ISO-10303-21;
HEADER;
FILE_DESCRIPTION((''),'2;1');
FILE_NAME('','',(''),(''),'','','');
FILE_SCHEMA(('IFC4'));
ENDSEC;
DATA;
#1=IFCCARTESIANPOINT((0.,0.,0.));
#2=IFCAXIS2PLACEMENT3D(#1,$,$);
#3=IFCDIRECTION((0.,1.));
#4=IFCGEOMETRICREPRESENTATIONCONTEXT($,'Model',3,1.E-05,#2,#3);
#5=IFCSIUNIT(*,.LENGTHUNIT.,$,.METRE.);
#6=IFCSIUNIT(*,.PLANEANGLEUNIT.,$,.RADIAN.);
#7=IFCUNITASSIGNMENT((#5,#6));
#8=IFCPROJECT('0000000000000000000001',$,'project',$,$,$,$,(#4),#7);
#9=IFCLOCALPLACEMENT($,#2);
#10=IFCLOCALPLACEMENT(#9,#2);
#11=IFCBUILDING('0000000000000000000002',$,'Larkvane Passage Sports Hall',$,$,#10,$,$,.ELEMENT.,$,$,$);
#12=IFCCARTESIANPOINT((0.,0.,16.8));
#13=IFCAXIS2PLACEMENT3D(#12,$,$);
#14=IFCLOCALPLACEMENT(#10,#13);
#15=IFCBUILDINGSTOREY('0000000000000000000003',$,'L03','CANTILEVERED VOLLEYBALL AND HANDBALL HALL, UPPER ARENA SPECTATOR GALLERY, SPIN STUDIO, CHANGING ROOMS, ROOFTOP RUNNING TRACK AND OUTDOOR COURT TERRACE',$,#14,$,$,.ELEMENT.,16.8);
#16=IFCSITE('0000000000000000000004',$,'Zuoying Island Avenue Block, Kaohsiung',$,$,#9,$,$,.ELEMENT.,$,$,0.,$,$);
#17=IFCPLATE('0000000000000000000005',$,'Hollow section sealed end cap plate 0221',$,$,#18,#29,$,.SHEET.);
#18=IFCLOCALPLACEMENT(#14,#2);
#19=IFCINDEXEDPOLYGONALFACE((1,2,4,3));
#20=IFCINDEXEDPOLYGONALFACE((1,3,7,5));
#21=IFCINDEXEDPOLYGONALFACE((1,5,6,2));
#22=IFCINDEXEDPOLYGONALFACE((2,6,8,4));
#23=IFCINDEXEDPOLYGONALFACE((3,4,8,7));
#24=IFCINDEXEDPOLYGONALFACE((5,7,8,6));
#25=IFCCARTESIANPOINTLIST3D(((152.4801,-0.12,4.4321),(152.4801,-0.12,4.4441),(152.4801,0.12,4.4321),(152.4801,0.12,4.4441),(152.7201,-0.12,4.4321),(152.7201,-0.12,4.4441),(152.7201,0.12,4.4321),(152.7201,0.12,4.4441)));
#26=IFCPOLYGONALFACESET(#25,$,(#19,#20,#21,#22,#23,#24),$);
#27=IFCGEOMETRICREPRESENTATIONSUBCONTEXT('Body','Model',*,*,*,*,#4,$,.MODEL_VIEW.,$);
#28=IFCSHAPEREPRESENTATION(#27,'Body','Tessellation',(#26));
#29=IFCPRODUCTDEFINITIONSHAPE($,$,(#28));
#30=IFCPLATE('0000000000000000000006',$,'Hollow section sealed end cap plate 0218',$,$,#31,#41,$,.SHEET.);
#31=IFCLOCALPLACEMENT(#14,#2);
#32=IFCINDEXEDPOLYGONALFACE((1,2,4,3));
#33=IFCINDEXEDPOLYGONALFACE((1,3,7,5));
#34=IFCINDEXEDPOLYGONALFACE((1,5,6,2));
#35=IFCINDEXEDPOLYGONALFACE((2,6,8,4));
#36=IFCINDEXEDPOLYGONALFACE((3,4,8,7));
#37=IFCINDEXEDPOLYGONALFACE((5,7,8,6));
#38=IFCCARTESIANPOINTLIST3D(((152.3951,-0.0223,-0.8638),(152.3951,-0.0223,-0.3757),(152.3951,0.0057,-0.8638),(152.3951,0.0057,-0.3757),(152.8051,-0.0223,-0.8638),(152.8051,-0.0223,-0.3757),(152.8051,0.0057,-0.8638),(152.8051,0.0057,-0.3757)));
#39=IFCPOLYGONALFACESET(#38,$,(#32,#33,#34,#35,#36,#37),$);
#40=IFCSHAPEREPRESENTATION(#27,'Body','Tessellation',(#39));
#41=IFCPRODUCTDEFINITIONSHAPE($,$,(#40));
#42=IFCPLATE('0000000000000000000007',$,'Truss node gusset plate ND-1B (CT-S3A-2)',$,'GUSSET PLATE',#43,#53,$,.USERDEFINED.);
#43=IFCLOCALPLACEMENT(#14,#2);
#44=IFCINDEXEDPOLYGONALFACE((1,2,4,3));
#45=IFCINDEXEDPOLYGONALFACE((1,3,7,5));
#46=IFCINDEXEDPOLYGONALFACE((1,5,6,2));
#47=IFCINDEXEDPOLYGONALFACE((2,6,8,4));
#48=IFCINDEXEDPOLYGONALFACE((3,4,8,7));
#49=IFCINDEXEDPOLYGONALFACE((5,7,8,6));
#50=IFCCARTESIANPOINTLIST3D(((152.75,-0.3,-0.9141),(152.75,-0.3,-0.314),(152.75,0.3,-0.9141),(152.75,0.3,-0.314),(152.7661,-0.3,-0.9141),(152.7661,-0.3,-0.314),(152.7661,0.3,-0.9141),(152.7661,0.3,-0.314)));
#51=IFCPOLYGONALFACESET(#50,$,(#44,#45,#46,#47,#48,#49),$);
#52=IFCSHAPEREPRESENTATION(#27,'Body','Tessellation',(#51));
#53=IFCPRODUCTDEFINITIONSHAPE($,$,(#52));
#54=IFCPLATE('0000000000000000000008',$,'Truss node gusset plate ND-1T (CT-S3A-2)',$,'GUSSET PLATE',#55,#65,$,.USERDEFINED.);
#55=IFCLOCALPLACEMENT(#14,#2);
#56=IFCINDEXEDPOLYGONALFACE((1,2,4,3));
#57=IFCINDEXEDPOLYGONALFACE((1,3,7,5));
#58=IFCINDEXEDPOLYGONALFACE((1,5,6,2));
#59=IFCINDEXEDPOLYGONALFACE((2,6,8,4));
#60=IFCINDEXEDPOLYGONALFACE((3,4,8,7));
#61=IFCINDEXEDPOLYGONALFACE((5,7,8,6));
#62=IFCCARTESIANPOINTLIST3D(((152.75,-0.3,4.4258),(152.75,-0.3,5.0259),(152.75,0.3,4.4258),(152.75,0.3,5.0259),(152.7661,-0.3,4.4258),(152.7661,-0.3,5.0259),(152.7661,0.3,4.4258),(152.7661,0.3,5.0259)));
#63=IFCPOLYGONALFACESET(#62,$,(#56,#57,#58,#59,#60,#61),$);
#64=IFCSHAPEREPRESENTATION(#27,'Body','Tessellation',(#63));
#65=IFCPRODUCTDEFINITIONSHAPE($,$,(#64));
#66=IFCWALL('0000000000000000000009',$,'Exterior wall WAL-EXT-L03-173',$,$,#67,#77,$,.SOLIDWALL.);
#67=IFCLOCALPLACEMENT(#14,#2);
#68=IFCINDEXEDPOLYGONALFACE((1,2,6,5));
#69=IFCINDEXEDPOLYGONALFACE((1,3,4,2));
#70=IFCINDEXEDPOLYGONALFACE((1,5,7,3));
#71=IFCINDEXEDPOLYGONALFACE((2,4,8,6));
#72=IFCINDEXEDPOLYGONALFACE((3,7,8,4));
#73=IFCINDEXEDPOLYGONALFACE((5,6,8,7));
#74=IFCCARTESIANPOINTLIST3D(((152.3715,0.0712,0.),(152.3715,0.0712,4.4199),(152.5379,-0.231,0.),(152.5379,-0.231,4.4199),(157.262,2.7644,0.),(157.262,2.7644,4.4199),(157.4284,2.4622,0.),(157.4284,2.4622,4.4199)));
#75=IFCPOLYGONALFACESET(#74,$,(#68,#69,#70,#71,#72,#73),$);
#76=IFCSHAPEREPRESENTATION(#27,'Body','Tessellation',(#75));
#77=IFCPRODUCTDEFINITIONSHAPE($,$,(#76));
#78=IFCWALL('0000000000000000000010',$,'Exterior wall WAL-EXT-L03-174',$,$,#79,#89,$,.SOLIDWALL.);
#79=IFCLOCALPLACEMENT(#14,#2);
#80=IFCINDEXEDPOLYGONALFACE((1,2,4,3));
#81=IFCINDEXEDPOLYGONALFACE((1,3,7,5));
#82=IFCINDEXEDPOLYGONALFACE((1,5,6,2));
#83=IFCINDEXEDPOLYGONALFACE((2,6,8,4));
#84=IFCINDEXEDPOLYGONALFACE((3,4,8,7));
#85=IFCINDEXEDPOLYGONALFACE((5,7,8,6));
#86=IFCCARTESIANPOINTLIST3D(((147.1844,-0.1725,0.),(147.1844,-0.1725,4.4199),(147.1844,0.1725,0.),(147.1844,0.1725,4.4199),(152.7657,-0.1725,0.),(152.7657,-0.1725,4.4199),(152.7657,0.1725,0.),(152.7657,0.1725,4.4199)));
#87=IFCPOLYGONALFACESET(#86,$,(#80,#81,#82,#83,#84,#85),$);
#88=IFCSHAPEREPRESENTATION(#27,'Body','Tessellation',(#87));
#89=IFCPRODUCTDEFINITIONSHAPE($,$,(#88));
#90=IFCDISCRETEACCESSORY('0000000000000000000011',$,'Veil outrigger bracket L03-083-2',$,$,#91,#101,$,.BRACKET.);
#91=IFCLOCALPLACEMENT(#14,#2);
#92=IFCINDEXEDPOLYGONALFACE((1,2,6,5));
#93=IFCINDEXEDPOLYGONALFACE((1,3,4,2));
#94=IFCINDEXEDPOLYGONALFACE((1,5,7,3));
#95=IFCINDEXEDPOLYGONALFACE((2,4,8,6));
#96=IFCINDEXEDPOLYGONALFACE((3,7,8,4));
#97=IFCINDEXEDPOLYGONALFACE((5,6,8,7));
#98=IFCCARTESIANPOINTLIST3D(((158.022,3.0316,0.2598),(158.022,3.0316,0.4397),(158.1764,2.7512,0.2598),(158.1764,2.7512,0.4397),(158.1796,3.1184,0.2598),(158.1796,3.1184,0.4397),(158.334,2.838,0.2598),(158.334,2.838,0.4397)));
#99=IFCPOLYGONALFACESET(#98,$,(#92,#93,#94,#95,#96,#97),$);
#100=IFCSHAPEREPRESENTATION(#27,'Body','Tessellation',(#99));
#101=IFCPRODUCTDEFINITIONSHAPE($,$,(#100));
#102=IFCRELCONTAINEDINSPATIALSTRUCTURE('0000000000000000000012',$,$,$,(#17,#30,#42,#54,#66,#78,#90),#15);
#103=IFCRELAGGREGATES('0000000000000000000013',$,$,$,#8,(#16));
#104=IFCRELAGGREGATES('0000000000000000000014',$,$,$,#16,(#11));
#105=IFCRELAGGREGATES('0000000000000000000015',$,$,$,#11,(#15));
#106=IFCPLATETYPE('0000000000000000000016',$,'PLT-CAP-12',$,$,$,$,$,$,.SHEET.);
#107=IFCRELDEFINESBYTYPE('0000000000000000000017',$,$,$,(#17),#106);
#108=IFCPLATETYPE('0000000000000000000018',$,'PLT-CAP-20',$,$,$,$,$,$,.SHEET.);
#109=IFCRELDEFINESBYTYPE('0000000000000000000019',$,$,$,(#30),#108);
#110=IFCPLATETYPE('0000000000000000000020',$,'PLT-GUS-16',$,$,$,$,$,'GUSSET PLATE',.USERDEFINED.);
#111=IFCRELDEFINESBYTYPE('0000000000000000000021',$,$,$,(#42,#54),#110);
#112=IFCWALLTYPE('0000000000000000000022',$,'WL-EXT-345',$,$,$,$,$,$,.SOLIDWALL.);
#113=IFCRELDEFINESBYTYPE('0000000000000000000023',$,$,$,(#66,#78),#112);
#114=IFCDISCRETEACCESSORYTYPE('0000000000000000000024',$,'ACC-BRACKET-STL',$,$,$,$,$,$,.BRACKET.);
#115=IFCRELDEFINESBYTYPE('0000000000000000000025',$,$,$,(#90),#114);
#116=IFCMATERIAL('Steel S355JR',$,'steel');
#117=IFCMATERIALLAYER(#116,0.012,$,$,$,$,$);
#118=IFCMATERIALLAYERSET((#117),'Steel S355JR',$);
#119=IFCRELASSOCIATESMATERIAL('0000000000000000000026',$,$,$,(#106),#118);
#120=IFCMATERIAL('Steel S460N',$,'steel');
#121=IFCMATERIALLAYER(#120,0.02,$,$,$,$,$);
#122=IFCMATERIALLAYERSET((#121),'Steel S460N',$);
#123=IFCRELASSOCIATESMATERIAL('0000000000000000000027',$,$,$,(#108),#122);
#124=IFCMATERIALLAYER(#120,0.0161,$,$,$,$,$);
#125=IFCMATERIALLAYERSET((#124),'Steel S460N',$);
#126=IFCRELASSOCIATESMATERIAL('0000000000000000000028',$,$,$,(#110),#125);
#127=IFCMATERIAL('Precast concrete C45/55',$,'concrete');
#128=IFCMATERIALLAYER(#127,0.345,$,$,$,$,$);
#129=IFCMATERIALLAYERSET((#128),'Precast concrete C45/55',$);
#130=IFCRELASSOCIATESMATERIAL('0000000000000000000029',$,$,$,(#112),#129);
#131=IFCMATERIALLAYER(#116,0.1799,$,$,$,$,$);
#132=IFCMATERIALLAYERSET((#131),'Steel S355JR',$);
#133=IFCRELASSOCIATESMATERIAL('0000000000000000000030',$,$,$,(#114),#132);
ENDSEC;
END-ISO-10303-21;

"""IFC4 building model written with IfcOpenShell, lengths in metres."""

from ifc_helpers import new_model, si_unit, direction, frame, frame_2d, origin, origin_2d, place, context, subcontext, project, spatial, rectangle, extrude, material, layer, layer_set, type_object, element, save


model = new_model("IFC4")

# Units and contexts
model_context = context("Model", 3, precision=1e-05, world=origin(), true_north=direction((0.0, 1.0)))
body_context = subcontext(model_context, "Body", "Model", "MODEL_VIEW")
ifc_project = project(units=[si_unit("LENGTHUNIT", "METRE"), si_unit("PLANEANGLEUNIT", "RADIAN")], contexts=[model_context])

# Site, building, storey
site_placement = place(None, origin())
site = spatial("IfcSite", under=ifc_project, at=site_placement, Name="Zuoying Island Avenue Block, Kaohsiung", CompositionType="ELEMENT", RefElevation=0.0)
building_placement = place(site_placement, origin())
building = spatial("IfcBuilding", under=site, at=building_placement, Name="Larkvane Passage Sports Hall", CompositionType="ELEMENT")
storey_placement = place(building_placement, frame((0.0, 0.0, 16.8)))
storey = spatial("IfcBuildingStorey", under=building, at=storey_placement, Name="L03", Description="CANTILEVERED VOLLEYBALL AND HANDBALL HALL, UPPER ARENA SPECTATOR GALLERY, SPIN STUDIO, CHANGING ROOMS, ROOFTOP RUNNING TRACK AND OUTDOOR COURT TERRACE", CompositionType="ELEMENT", Elevation=16.8)

# Shared definitions
ifc_material_1 = material(Name="Steel S460N", Category="steel")

# Shared definitions
ifc_material_2 = material(Name="Steel S355JR", Category="steel")

# Plates
ifc_layer_1 = layer(ifc_material_2, 0.012)
ifc_layer_set_1 = layer_set([ifc_layer_1], Name="Steel S355JR")
plate_type_1 = type_object("IfcPlateType", Name="PLT-CAP-12", PredefinedType="SHEET", material=ifc_layer_set_1)
for number, where, z_axis, x_axis, name in (
    (1, (152.6001, 0.0, 4.4321), (0.0, 0.0, 1.0), (1.0, 0.0, 0.0), "Hollow section sealed end cap plate 0221"),
):
    element("IfcPlate", number, at=place(storey_placement, frame(where, z_axis=z_axis, x_axis=x_axis)), inside=storey, type_object=plate_type_1, Name=name, PredefinedType="SHEET", context=body_context, shape_type="SweptSolid", body=[
        extrude(rectangle(XDim=0.24, YDim=0.24, at=origin_2d()), origin(), (0.0, 0.0, 1.0), 0.012),
    ])
ifc_layer_2 = layer(ifc_material_1, 0.02)
ifc_layer_set_2 = layer_set([ifc_layer_2], Name="Steel S460N")
plate_type_2 = type_object("IfcPlateType", Name="PLT-CAP-20", PredefinedType="SHEET", material=ifc_layer_set_2)
plate_1_placement = place(storey_placement, frame((152.6001, -0.0083, -0.8638), z_axis=(0.0, 0.0, 1.0), x_axis=(-1.0, 0.0, 0.0)))
element("IfcPlate", 2, at=plate_1_placement, inside=storey, type_object=plate_type_2, Name="Hollow section sealed end cap plate 0218", PredefinedType="SHEET", context=body_context, shape_type="SweptSolid", body=[
    extrude(rectangle(XDim=0.4099, YDim=0.0281, at=origin_2d()), origin(), (0.0, 0.0, 1.0), 0.488),
])
ifc_layer_3 = layer(ifc_material_1, 0.0161)
ifc_layer_set_3 = layer_set([ifc_layer_3], Name="Steel S460N")
plate_type_3 = type_object("IfcPlateType", Name="PLT-GUS-16", ElementType="GUSSET PLATE", PredefinedType="USERDEFINED", material=ifc_layer_set_3)
for number, where, z_axis, x_axis, name in (
    (3, (152.7581, 0.0, -0.9141), (0.0, 0.0, 1.0), (0.0, 1.0, 0.0), "Truss node gusset plate ND-1B (CT-S3A-2)"),
    (4, (152.7581, 0.0, 4.4258), (0.0, 0.0, 1.0), (0.0, 1.0, 0.0), "Truss node gusset plate ND-1T (CT-S3A-2)"),
):
    element("IfcPlate", number, at=place(storey_placement, frame(where, z_axis=z_axis, x_axis=x_axis)), inside=storey, type_object=plate_type_3, Name=name, ObjectType="GUSSET PLATE", PredefinedType="USERDEFINED", context=body_context, shape_type="SweptSolid", body=[
        extrude(rectangle(XDim=0.6001, YDim=0.0161, at=origin_2d()), origin(), (0.0, 0.0, 1.0), 0.6001),
    ])

# Walls
ifc_material_3 = material(Name="Precast concrete C45/55", Category="concrete")
ifc_layer_4 = layer(ifc_material_3, 0.345)
ifc_layer_set_4 = layer_set([ifc_layer_4], Name="Precast concrete C45/55")
wall_type = type_object("IfcWallType", Name="WL-EXT-345", PredefinedType="SOLIDWALL", material=ifc_layer_set_4)
wall_1_placement = place(storey_placement, frame((157.3452, 2.6133, 0.0), z_axis=(0.0, 0.0, 1.0), x_axis=(-0.875958, -0.482387, 0.0)))
element("IfcWall", 5, at=wall_1_placement, inside=storey, type_object=wall_type, Name="Exterior wall WAL-EXT-L03-173", PredefinedType="SOLIDWALL", context=body_context, shape_type="SweptSolid", body=[
    extrude(rectangle(XDim=5.583, YDim=0.345, at=frame_2d((2.7915, 0.0))), origin(), (0.0, 0.0, 1.0), 4.4199),
])
wall_2_placement = place(storey_placement, frame((152.7656, 0.0, 0.0), z_axis=(0.0, 0.0, 1.0), x_axis=(-1.0, 0.0, 0.0)))
element("IfcWall", 6, at=wall_2_placement, inside=storey, type_object=wall_type, Name="Exterior wall WAL-EXT-L03-174", PredefinedType="SOLIDWALL", context=body_context, shape_type="SweptSolid", body=[
    extrude(rectangle(XDim=5.5813, YDim=0.345, at=frame_2d((2.7905, 0.0))), origin(), (0.0, 0.0, 1.0), 4.4199),
])

# Discrete accessory
ifc_layer_5 = layer(ifc_material_2, 0.1799)
ifc_layer_set_5 = layer_set([ifc_layer_5], Name="Steel S355JR")
discrete_accessory_type = type_object("IfcDiscreteAccessoryType", Name="ACC-BRACKET-STL", PredefinedType="BRACKET", material=ifc_layer_set_5)
discrete_accessory_placement = place(storey_placement, frame((158.178, 2.9348, 0.2598), z_axis=(0.0, 0.0, 1.0), x_axis=(-0.875948, -0.482406, 0.0)))
element("IfcDiscreteAccessory", 7, at=discrete_accessory_placement, inside=storey, type_object=discrete_accessory_type, Name="Veil outrigger bracket L03-083-2", PredefinedType="BRACKET", context=body_context, shape_type="SweptSolid", body=[
    extrude(rectangle(XDim=0.1799, YDim=0.3201, at=origin_2d()), origin(), (0.0, 0.0, 1.0), 0.1799),
])

save(model, "model.ifc")
